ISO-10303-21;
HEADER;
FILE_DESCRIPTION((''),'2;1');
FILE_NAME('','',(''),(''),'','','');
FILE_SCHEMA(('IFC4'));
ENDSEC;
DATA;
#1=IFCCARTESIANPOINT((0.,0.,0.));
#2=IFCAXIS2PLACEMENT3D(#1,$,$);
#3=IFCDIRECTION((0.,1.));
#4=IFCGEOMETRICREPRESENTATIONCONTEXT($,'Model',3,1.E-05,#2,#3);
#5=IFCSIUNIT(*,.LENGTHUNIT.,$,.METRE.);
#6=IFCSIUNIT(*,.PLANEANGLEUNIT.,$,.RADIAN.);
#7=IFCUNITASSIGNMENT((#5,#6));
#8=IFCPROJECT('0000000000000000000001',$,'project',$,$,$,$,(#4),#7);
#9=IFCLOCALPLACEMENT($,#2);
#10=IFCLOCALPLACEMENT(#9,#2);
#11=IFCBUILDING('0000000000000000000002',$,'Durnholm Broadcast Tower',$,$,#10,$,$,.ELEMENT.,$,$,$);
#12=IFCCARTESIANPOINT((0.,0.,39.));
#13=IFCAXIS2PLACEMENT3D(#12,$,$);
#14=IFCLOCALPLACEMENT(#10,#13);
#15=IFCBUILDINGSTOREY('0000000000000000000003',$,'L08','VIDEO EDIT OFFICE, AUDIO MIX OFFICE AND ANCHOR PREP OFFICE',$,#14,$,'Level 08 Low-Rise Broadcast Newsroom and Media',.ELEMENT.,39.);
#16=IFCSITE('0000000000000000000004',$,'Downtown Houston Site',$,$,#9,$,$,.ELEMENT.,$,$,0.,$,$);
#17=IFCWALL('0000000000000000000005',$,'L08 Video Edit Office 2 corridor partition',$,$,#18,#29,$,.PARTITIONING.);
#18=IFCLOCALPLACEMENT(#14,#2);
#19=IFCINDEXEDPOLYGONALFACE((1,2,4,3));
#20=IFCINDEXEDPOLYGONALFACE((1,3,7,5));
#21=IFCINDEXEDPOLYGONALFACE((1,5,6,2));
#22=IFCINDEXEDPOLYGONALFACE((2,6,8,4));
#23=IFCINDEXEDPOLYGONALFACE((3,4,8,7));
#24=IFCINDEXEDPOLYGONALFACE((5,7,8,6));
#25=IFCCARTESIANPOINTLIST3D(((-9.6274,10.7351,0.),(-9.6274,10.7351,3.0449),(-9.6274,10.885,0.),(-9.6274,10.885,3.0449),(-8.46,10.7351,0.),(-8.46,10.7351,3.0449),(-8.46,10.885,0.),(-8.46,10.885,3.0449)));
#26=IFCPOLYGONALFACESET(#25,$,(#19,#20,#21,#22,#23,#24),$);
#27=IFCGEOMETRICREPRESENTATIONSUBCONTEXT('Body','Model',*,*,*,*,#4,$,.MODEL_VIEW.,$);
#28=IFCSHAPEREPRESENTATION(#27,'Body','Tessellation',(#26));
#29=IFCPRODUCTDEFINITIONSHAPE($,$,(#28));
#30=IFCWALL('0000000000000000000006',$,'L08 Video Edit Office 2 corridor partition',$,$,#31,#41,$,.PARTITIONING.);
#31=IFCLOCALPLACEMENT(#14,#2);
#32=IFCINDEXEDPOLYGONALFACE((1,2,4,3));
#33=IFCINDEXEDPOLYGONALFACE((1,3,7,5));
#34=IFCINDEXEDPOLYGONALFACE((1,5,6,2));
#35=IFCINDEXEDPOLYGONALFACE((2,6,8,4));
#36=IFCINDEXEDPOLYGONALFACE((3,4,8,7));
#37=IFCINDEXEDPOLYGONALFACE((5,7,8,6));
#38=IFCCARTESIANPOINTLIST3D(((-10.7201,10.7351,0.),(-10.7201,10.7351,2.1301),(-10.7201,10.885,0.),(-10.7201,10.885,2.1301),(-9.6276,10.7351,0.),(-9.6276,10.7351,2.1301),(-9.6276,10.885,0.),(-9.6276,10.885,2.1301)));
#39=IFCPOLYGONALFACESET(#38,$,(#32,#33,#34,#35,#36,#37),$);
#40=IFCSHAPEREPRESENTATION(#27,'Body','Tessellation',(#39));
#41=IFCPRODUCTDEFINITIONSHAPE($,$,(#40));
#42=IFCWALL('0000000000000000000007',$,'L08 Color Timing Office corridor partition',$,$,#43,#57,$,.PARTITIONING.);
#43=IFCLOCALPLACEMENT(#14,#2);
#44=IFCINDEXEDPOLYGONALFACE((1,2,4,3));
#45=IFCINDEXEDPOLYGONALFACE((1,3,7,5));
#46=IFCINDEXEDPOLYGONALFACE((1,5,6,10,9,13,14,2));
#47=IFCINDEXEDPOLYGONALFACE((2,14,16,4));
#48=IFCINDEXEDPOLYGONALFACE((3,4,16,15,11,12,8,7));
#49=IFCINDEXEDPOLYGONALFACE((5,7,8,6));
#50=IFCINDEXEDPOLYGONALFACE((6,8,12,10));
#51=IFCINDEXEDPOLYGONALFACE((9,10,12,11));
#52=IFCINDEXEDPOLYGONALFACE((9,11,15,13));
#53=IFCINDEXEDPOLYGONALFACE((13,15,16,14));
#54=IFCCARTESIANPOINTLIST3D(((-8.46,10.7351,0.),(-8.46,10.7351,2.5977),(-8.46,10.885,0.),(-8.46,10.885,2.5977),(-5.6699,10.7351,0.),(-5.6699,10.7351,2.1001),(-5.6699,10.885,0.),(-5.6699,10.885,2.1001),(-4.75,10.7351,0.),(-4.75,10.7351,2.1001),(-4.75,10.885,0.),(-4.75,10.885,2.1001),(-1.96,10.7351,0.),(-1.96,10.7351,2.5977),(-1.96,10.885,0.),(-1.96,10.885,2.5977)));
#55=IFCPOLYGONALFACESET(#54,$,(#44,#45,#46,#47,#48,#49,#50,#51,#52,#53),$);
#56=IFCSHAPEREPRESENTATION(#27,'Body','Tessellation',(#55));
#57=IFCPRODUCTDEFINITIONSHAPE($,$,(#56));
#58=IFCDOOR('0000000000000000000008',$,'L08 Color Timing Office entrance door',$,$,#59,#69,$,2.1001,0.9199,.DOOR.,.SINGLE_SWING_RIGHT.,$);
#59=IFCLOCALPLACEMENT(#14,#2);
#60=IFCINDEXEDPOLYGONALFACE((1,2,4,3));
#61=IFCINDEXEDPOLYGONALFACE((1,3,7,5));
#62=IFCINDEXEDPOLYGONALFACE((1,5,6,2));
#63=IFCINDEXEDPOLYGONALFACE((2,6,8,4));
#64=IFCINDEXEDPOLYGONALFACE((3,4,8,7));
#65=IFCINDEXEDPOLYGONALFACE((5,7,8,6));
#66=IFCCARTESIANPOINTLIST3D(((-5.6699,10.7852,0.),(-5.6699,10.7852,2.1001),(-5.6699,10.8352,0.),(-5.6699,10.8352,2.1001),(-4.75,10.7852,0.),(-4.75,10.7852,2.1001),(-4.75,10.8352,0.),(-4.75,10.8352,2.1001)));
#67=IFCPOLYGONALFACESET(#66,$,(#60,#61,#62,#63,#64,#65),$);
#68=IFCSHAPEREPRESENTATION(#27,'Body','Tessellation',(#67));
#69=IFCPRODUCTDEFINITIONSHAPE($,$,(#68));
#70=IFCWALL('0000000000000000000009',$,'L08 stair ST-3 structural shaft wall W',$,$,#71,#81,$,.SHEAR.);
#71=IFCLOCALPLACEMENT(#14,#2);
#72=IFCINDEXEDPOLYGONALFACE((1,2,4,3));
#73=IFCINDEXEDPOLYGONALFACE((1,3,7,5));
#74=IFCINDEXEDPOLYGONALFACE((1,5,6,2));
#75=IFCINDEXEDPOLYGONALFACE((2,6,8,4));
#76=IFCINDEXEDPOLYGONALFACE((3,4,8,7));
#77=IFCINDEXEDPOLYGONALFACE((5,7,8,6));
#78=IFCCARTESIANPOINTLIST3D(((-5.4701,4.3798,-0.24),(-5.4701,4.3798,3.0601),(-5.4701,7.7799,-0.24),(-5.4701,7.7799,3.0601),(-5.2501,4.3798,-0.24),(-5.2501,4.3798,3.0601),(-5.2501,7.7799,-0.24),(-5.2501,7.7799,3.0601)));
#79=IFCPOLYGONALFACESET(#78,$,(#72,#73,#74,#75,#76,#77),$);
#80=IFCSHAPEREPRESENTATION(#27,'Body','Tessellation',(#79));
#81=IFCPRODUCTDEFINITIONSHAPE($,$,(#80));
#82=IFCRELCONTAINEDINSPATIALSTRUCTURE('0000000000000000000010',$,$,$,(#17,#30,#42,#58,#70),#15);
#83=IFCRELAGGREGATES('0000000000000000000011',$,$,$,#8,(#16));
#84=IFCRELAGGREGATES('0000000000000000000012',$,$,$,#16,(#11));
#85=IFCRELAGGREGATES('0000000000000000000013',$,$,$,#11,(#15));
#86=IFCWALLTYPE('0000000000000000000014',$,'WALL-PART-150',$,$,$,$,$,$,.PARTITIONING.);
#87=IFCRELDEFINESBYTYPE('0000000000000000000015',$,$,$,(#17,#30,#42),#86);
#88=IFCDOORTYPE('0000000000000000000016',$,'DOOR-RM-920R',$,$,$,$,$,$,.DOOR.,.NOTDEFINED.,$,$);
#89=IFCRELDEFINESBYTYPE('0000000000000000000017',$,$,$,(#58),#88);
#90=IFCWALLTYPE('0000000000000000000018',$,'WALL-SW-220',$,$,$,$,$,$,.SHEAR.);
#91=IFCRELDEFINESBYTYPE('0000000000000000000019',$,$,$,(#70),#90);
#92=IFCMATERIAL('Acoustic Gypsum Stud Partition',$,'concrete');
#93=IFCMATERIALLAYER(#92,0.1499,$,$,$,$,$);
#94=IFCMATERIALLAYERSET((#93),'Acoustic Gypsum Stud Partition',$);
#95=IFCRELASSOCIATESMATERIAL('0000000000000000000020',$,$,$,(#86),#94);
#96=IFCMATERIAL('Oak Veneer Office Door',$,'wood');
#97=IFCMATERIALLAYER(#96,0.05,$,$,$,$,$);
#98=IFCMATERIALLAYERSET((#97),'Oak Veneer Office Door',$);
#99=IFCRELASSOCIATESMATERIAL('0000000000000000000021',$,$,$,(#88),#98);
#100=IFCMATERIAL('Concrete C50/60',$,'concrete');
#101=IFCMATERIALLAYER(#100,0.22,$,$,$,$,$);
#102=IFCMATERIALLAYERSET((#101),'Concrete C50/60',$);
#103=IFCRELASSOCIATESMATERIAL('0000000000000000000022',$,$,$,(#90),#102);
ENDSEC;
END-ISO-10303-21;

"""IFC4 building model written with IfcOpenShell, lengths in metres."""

from ifc_helpers import new_model, si_unit, direction, frame, frame_2d, origin, place, context, subcontext, project, spatial, rectangle, extrude, source, transform, mapped, material, layer, layer_set, type_object, type_shapes, element, fill, save


model = new_model("IFC4")

# Units and contexts
model_context = context("Model", 3, precision=1e-05, world=origin(), true_north=direction((0.0, 1.0)))
body_context = subcontext(model_context, "Body", "Model", "MODEL_VIEW")
ifc_project = project(units=[si_unit("LENGTHUNIT", "METRE"), si_unit("PLANEANGLEUNIT", "RADIAN")], contexts=[model_context])

# Site, building, storey
site_placement = place(None, origin())
site = spatial("IfcSite", under=ifc_project, at=site_placement, Name="Downtown Houston Site", CompositionType="ELEMENT", RefElevation=0.0)
building_placement = place(site_placement, origin())
building = spatial("IfcBuilding", under=site, at=building_placement, Name="Durnholm Broadcast Tower", CompositionType="ELEMENT")
storey_placement = place(building_placement, frame((0.0, 0.0, 39.0)))
storey = spatial("IfcBuildingStorey", under=building, at=storey_placement, Name="L08", Description="VIDEO EDIT OFFICE, AUDIO MIX OFFICE AND ANCHOR PREP OFFICE", LongName="Level 08 Low-Rise Broadcast Newsroom and Media", CompositionType="ELEMENT", Elevation=39.0)

# Walls
ifc_material_1 = material(Name="Acoustic Gypsum Stud Partition", Category="concrete")
ifc_layer_1 = layer(ifc_material_1, 0.1499)
ifc_layer_set_1 = layer_set([ifc_layer_1], Name="Acoustic Gypsum Stud Partition")
wall_type_1 = type_object("IfcWallType", Name="WALL-PART-150", PredefinedType="PARTITIONING", material=ifc_layer_set_1)
wall_1_placement = place(storey_placement, frame((-8.46, 10.8101, 0.0), z_axis=(0.0, 0.0, 1.0), x_axis=(-1.0, 0.0, 0.0)))
element("IfcWall", 1, at=wall_1_placement, inside=storey, type_object=wall_type_1, Name="L08 Video Edit Office 2 corridor partition", PredefinedType="PARTITIONING", context=body_context, shape_type="SweptSolid", body=[
    extrude(rectangle(XDim=1.1675, YDim=0.1499, at=frame_2d((0.5837, 0.0))), origin(), (0.0, 0.0, 1.0), 3.0449),
])
wall_2_placement = place(storey_placement, frame((-9.6274, 10.8101, 0.0), z_axis=(0.0, 0.0, 1.0), x_axis=(-1.0, 0.0, 0.0)))
element("IfcWall", 2, at=wall_2_placement, inside=storey, type_object=wall_type_1, Name="L08 Video Edit Office 2 corridor partition", PredefinedType="PARTITIONING", context=body_context, shape_type="SweptSolid", body=[
    extrude(rectangle(XDim=1.0925, YDim=0.1499, at=frame_2d((0.5464, 0.0))), origin(), (0.0, 0.0, 1.0), 2.1301),
])

# Wall, opening, door
wall_3_placement = place(storey_placement, frame((-1.96, 10.8101, 0.0), z_axis=(0.0, 0.0, 1.0), x_axis=(-1.0, 0.0, 0.0)))
wall_3 = element("IfcWall", 3, at=wall_3_placement, inside=storey, type_object=wall_type_1, Name="L08 Color Timing Office corridor partition", PredefinedType="PARTITIONING", context=body_context, shape_type="SweptSolid", body=[
    extrude(rectangle(XDim=6.5, YDim=0.1499, at=frame_2d((3.25, 0.0))), origin(), (0.0, 0.0, 1.0), 2.5977),
])
opening_1_placement = place(wall_3_placement, frame((2.79, 0.0, 0.0)))
opening_1 = element("IfcOpeningElement", 4, at=opening_1_placement, cuts=wall_3, PredefinedType="OPENING", context=body_context, shape_type="SweptSolid", body=[
    extrude(rectangle(XDim=0.9199, YDim=2.1001, at=frame_2d((0.46, 1.05))), frame((0.0, 0.085, 0.0), z_axis=(0.0, -1.0, 0.0), x_axis=(1.0, 0.0, 0.0)), (0.0, 0.0, 1.0), 0.1699),
])
ifc_material_2 = material(Name="Oak Veneer Office Door", Category="wood")
ifc_layer_2 = layer(ifc_material_2, 0.05)
ifc_layer_set_2 = layer_set([ifc_layer_2], Name="Oak Veneer Office Door")
door_type_1 = type_object("IfcDoorType", Name="DOOR-RM-920R", OperationType="NOTDEFINED", PredefinedType="DOOR", material=ifc_layer_set_2)
shared_shape_1 = source(origin(), body_context, "Body", "SweptSolid", [
    extrude(rectangle(XDim=0.9199, YDim=2.1001, at=frame_2d((0.46, 1.05))), frame((0.0, 0.0249, 0.0), z_axis=(0.0, -1.0, 0.0), x_axis=(1.0, 0.0, 0.0)), (0.0, 0.0, 1.0), 0.05),
])
type_shapes(door_type_1, [shared_shape_1])
door_1_placement = place(opening_1_placement, origin())
door_1 = element("IfcDoor", 5, at=door_1_placement, inside=storey, type_object=door_type_1, Name="L08 Color Timing Office entrance door", OperationType="SINGLE_SWING_RIGHT", OverallHeight=2.1001, OverallWidth=0.9199, PredefinedType="DOOR", context=body_context, shape_type="MappedRepresentation", body=[
    mapped(shared_shape_1, transform((0.0, 0.0, 0.0), x_axis=(1.0, 0.0, 0.0), y_axis=(0.0, 1.0, 0.0), z_axis=(0.0, 0.0, 1.0), scale=1.0)),
])
fill(opening_1, door_1)

# Wall
ifc_material_3 = material(Name="Concrete C50/60", Category="concrete")
ifc_layer_3 = layer(ifc_material_3, 0.22)
ifc_layer_set_3 = layer_set([ifc_layer_3], Name="Concrete C50/60")
wall_type_2 = type_object("IfcWallType", Name="WALL-SW-220", PredefinedType="SHEAR", material=ifc_layer_set_3)
wall_4_placement = place(storey_placement, frame((-5.3601, 7.78, -0.24), z_axis=(0.0, 0.0, 1.0), x_axis=(0.0, -1.0, 0.0)))
element("IfcWall", 6, at=wall_4_placement, inside=storey, type_object=wall_type_2, Name="L08 stair ST-3 structural shaft wall W", PredefinedType="SHEAR", context=body_context, shape_type="SweptSolid", body=[
    extrude(rectangle(XDim=3.4001, YDim=0.22, at=frame_2d((1.7002, 0.0))), origin(), (0.0, 0.0, 1.0), 3.3),
])

save(model, "model.ifc")
